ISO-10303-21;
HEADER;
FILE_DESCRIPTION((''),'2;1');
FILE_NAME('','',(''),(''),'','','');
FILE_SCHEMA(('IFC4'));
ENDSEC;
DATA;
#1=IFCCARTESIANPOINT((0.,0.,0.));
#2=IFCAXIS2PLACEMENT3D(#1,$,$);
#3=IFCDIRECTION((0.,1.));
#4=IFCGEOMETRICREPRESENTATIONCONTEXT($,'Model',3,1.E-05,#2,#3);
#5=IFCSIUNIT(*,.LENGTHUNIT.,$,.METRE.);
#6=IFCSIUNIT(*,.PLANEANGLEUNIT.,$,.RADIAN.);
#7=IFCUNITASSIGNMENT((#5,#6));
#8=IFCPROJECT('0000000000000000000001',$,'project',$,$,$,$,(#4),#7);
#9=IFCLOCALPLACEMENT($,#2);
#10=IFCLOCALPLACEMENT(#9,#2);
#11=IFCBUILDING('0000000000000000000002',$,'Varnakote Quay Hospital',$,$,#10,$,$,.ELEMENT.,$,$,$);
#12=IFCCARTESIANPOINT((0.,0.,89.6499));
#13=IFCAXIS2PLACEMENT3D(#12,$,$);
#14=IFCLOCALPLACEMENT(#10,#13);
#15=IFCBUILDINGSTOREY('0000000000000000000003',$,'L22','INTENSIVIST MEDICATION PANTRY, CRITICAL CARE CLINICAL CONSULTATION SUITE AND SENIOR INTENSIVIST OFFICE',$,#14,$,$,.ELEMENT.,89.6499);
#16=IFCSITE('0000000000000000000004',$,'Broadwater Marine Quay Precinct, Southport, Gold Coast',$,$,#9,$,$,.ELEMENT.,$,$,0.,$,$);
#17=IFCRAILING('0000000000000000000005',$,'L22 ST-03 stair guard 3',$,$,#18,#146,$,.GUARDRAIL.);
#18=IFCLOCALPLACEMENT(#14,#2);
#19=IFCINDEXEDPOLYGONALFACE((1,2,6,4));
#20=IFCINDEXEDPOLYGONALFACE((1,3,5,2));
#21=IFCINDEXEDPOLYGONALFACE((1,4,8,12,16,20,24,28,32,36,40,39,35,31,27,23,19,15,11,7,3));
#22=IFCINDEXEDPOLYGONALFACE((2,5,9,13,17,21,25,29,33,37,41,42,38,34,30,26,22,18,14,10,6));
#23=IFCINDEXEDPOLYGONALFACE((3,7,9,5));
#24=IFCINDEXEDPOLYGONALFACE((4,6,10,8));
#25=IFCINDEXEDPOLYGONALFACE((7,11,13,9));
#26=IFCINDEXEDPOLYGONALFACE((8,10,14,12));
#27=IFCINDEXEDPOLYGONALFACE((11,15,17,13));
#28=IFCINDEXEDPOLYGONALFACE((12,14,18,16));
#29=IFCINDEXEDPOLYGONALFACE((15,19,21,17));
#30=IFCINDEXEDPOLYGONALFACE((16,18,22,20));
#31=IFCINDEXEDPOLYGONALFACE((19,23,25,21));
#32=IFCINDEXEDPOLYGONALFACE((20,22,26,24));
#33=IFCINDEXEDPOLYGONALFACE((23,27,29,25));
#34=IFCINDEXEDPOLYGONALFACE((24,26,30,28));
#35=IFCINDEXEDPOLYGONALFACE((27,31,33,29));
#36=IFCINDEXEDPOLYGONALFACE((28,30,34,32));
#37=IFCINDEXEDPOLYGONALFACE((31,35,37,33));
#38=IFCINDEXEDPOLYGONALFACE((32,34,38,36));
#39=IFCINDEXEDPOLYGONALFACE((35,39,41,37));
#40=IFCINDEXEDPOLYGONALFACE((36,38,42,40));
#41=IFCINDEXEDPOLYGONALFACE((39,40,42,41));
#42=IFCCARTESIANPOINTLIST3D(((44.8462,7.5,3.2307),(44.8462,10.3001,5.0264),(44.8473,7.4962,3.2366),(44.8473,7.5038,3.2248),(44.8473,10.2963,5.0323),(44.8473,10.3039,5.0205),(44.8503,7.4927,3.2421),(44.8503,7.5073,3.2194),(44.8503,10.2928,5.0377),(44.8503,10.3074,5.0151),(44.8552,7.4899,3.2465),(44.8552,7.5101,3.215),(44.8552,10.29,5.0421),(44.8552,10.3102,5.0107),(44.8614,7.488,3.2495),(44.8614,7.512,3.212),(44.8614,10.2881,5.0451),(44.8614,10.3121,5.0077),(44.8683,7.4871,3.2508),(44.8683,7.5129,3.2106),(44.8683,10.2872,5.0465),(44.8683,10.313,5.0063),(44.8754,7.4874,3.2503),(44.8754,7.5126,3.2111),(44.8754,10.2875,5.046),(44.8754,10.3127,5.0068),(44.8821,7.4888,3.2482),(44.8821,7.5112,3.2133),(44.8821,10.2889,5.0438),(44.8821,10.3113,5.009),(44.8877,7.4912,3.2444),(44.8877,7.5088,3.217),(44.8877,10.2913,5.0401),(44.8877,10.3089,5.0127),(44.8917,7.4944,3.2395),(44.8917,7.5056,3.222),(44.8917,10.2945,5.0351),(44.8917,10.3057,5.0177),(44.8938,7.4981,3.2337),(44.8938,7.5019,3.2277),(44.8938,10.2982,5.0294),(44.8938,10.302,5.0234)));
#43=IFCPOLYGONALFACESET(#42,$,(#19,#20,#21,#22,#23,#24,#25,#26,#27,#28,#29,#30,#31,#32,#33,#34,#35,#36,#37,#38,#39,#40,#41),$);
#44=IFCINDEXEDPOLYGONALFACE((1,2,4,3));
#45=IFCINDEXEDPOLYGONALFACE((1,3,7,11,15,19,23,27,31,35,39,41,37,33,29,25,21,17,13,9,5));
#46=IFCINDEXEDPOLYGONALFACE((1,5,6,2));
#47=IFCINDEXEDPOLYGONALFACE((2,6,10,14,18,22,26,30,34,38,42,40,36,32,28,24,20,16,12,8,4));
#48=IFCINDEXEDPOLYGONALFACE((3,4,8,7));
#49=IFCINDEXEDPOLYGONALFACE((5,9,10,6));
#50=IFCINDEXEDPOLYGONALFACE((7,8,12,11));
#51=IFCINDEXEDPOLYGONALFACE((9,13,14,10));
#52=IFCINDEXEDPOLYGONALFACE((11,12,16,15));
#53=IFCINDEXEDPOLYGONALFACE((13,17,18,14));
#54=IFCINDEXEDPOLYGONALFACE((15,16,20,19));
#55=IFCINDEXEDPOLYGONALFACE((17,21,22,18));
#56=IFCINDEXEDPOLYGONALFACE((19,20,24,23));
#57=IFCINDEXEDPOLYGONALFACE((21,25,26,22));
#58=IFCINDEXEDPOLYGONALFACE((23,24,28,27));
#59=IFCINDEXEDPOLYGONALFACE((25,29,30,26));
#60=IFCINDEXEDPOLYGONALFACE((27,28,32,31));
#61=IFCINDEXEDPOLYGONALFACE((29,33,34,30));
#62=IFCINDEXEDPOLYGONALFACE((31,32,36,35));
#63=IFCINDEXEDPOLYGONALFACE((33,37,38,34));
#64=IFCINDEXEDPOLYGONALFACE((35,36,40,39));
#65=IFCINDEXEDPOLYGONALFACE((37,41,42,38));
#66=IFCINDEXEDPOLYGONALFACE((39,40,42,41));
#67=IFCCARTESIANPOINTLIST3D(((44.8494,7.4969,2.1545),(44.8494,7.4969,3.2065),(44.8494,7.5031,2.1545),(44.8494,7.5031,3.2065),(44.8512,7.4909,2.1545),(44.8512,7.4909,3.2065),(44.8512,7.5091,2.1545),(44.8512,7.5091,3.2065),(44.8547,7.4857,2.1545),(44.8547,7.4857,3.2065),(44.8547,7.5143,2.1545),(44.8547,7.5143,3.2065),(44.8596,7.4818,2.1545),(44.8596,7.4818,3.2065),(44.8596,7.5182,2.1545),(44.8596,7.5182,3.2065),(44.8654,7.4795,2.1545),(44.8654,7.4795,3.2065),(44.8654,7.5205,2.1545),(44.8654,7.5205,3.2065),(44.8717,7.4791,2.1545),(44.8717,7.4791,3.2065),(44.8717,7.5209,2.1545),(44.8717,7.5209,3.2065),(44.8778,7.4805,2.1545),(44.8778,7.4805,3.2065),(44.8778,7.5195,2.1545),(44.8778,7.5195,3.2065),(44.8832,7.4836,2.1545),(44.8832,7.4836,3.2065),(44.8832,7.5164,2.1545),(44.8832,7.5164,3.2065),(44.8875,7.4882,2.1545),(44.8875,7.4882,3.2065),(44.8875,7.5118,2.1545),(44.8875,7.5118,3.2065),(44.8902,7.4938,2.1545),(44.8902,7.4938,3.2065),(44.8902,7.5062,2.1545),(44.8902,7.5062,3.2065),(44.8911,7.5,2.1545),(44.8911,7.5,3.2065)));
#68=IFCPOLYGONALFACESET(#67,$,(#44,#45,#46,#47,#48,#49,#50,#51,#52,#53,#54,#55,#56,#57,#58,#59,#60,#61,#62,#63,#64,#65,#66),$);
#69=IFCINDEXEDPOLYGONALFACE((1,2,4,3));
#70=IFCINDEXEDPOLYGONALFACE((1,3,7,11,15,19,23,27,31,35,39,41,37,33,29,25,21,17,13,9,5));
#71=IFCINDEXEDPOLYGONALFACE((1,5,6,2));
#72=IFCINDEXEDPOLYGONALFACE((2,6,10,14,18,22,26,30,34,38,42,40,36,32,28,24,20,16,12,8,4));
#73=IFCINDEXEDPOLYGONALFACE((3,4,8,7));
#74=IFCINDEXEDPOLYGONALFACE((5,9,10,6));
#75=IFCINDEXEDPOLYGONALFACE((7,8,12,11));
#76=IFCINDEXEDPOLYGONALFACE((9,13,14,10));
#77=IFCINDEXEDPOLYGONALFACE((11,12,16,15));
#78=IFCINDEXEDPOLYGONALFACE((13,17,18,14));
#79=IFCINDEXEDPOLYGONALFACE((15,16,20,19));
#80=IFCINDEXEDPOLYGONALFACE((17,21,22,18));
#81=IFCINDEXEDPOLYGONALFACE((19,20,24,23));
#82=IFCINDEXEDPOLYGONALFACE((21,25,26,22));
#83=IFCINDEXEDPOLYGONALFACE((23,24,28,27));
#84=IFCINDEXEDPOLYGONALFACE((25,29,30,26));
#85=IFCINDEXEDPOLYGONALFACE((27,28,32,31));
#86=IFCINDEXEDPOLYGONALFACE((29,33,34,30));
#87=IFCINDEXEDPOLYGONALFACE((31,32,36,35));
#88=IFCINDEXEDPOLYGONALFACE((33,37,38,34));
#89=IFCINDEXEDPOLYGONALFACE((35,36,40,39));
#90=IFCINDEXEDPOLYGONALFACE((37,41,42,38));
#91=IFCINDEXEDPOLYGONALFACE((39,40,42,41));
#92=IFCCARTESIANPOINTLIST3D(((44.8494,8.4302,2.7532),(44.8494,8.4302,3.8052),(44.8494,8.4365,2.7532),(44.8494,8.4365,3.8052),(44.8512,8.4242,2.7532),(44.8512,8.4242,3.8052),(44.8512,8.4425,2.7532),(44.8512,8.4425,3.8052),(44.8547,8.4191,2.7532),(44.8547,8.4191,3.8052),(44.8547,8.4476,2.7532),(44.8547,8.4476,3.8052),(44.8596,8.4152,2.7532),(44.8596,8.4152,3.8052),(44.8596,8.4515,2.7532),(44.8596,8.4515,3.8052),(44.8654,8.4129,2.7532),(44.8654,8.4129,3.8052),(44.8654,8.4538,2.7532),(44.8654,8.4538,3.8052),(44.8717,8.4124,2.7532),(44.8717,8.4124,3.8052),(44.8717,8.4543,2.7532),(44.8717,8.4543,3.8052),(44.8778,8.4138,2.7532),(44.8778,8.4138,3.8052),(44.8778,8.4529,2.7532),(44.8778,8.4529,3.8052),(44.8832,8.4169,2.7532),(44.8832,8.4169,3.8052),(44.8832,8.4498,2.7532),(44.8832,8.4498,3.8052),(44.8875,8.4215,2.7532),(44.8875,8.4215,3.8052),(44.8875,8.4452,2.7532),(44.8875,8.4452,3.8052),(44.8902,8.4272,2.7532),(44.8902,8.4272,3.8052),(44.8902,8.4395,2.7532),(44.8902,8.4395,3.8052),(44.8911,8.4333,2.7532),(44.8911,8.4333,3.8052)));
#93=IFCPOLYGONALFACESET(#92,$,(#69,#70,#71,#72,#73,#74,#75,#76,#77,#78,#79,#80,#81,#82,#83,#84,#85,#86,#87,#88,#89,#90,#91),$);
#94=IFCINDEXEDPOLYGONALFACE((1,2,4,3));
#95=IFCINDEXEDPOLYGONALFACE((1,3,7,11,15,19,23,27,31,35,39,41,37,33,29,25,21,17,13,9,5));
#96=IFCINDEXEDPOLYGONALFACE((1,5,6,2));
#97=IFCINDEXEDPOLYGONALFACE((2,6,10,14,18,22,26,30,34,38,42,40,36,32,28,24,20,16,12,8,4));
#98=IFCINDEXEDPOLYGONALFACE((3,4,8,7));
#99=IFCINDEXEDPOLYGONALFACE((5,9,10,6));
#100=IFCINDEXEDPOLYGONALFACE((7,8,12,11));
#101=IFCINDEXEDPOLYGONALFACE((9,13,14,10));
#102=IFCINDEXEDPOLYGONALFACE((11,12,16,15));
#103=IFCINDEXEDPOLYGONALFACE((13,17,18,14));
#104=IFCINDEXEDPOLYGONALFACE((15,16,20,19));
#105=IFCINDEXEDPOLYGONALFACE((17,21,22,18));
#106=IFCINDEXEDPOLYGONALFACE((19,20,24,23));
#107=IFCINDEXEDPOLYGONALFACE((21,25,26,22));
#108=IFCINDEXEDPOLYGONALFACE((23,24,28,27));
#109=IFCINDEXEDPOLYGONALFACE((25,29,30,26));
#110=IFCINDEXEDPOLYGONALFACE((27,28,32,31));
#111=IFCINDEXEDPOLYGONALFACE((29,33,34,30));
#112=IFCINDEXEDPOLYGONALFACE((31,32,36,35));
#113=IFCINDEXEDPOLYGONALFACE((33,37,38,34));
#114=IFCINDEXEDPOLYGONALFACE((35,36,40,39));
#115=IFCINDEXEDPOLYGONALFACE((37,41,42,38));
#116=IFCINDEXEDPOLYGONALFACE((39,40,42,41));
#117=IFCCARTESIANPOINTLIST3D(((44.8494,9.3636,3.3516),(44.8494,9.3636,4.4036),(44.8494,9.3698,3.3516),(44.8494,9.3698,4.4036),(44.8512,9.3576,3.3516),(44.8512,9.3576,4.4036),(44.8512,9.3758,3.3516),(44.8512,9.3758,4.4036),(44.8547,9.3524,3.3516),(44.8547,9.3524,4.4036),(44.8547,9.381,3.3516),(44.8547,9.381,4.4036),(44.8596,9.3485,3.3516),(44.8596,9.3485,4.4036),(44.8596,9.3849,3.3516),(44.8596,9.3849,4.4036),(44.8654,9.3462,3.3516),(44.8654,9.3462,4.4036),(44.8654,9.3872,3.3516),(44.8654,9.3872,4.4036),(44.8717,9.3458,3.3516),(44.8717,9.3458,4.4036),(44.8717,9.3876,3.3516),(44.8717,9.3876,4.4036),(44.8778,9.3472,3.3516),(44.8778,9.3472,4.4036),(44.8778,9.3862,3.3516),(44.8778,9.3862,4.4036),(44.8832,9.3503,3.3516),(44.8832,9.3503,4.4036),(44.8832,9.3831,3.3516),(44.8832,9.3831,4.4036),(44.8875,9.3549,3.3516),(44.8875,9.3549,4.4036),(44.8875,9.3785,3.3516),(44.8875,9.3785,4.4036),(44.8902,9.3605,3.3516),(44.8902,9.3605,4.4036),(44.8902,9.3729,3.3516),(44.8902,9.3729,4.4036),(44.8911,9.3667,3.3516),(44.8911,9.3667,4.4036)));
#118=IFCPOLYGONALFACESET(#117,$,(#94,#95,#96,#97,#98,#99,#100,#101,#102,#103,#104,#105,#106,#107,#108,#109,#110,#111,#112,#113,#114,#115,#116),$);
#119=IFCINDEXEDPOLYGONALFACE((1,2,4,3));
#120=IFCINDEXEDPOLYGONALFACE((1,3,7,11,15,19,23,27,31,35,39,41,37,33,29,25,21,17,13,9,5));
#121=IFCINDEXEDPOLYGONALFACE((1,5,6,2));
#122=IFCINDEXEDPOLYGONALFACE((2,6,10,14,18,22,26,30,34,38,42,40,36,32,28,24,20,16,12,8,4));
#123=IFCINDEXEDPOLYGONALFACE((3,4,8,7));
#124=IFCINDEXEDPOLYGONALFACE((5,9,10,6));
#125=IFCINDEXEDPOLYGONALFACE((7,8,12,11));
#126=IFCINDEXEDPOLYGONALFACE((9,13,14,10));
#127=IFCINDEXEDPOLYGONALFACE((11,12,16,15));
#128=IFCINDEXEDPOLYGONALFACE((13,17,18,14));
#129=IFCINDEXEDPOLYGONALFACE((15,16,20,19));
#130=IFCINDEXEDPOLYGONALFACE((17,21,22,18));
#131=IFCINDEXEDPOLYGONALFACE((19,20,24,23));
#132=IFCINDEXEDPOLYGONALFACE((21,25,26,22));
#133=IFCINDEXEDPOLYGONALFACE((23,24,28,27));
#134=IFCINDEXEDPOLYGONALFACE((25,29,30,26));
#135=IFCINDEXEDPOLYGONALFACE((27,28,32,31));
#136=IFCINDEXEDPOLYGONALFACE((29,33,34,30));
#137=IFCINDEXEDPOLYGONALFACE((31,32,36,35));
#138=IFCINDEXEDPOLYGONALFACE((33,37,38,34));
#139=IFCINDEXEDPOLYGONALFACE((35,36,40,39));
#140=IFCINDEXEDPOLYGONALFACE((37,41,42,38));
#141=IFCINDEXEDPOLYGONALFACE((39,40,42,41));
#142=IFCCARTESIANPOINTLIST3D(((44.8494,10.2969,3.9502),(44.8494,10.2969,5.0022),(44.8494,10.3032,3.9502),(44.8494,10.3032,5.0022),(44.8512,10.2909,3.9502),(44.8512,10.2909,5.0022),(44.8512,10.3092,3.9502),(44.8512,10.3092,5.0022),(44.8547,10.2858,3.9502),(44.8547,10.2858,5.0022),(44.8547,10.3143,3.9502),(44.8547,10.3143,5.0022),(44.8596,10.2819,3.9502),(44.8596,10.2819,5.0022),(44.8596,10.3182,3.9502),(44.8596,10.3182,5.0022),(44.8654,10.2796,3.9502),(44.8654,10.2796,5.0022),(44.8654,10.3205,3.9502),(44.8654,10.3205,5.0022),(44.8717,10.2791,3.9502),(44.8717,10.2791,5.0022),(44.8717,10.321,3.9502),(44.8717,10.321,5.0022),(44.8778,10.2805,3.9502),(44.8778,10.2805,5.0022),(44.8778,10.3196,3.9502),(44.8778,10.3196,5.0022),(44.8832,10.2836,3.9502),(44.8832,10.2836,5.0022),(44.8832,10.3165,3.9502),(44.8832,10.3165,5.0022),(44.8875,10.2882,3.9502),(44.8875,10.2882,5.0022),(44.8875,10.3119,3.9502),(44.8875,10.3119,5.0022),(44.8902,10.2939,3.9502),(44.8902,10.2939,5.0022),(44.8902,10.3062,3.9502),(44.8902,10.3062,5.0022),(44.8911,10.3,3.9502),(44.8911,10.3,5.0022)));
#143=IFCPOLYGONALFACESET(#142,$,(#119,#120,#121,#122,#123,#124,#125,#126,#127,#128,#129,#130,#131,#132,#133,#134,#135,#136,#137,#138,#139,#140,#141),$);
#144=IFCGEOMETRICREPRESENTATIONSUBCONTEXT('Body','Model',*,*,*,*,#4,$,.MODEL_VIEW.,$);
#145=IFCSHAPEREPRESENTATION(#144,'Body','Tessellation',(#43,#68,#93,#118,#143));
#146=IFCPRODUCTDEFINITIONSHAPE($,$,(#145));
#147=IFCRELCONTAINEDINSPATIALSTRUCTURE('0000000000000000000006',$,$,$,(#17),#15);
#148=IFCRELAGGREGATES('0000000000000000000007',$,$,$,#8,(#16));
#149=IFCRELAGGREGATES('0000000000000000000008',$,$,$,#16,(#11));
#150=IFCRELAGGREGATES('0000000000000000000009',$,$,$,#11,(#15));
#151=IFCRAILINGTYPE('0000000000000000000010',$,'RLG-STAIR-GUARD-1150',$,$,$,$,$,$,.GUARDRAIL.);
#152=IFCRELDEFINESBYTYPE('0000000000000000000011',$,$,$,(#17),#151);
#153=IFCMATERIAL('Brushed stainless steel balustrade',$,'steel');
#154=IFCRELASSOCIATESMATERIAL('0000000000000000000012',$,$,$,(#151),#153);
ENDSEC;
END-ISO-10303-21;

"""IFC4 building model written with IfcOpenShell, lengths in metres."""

from ifc_helpers import new_model, si_unit, direction, frame, origin, origin_2d, place, context, subcontext, project, spatial, circle, extrude, material, type_object, element, save


model = new_model("IFC4")

# Units and contexts
model_context = context("Model", 3, precision=1e-05, world=origin(), true_north=direction((0.0, 1.0)))
body_context = subcontext(model_context, "Body", "Model", "MODEL_VIEW")
ifc_project = project(units=[si_unit("LENGTHUNIT", "METRE"), si_unit("PLANEANGLEUNIT", "RADIAN")], contexts=[model_context])

# Site, building, storey
site_placement = place(None, origin())
site = spatial("IfcSite", under=ifc_project, at=site_placement, Name="Broadwater Marine Quay Precinct, Southport, Gold Coast", CompositionType="ELEMENT", RefElevation=0.0)
building_placement = place(site_placement, origin())
building = spatial("IfcBuilding", under=site, at=building_placement, Name="Varnakote Quay Hospital", CompositionType="ELEMENT")
storey_placement = place(building_placement, frame((0.0, 0.0, 89.6499)))
storey = spatial("IfcBuildingStorey", under=building, at=storey_placement, Name="L22", Description="INTENSIVIST MEDICATION PANTRY, CRITICAL CARE CLINICAL CONSULTATION SUITE AND SENIOR INTENSIVIST OFFICE", CompositionType="ELEMENT", Elevation=89.6499)

# Railing
ifc_material_1 = material(Name="Brushed stainless steel balustrade", Category="steel")
railing_type_1 = type_object("IfcRailingType", Name="RLG-STAIR-GUARD-1150", PredefinedType="GUARDRAIL", material=ifc_material_1)
railing_1_placement = place(storey_placement, frame((44.8701, 7.5, 2.1545)))
element("IfcRailing", 1, at=railing_1_placement, inside=storey, type_object=railing_type_1, Name="L22 ST-03 stair guard 3", PredefinedType="GUARDRAIL", context=body_context, shape_type="SweptSolid", body=[
    extrude(circle(Radius=0.0239, at=origin_2d()), frame((0.0, 0.0, 1.0762), z_axis=(0.0, 0.841777, 0.539826), x_axis=(-1.0, 0.0, 0.0)), (0.0, 0.0, 1.0), 3.3264),
    extrude(circle(Radius=0.021, at=origin_2d()), origin(), (0.0, 0.0, 1.0), 1.052),
    extrude(circle(Radius=0.021, at=origin_2d()), frame((0.0, 0.9333, 0.5986)), (0.0, 0.0, 1.0), 1.052),
    extrude(circle(Radius=0.021, at=origin_2d()), frame((0.0, 1.8667, 1.197)), (0.0, 0.0, 1.0), 1.052),
    extrude(circle(Radius=0.021, at=origin_2d()), frame((0.0, 2.8, 1.7957)), (0.0, 0.0, 1.0), 1.052),
])

save(model, "model.ifc")
